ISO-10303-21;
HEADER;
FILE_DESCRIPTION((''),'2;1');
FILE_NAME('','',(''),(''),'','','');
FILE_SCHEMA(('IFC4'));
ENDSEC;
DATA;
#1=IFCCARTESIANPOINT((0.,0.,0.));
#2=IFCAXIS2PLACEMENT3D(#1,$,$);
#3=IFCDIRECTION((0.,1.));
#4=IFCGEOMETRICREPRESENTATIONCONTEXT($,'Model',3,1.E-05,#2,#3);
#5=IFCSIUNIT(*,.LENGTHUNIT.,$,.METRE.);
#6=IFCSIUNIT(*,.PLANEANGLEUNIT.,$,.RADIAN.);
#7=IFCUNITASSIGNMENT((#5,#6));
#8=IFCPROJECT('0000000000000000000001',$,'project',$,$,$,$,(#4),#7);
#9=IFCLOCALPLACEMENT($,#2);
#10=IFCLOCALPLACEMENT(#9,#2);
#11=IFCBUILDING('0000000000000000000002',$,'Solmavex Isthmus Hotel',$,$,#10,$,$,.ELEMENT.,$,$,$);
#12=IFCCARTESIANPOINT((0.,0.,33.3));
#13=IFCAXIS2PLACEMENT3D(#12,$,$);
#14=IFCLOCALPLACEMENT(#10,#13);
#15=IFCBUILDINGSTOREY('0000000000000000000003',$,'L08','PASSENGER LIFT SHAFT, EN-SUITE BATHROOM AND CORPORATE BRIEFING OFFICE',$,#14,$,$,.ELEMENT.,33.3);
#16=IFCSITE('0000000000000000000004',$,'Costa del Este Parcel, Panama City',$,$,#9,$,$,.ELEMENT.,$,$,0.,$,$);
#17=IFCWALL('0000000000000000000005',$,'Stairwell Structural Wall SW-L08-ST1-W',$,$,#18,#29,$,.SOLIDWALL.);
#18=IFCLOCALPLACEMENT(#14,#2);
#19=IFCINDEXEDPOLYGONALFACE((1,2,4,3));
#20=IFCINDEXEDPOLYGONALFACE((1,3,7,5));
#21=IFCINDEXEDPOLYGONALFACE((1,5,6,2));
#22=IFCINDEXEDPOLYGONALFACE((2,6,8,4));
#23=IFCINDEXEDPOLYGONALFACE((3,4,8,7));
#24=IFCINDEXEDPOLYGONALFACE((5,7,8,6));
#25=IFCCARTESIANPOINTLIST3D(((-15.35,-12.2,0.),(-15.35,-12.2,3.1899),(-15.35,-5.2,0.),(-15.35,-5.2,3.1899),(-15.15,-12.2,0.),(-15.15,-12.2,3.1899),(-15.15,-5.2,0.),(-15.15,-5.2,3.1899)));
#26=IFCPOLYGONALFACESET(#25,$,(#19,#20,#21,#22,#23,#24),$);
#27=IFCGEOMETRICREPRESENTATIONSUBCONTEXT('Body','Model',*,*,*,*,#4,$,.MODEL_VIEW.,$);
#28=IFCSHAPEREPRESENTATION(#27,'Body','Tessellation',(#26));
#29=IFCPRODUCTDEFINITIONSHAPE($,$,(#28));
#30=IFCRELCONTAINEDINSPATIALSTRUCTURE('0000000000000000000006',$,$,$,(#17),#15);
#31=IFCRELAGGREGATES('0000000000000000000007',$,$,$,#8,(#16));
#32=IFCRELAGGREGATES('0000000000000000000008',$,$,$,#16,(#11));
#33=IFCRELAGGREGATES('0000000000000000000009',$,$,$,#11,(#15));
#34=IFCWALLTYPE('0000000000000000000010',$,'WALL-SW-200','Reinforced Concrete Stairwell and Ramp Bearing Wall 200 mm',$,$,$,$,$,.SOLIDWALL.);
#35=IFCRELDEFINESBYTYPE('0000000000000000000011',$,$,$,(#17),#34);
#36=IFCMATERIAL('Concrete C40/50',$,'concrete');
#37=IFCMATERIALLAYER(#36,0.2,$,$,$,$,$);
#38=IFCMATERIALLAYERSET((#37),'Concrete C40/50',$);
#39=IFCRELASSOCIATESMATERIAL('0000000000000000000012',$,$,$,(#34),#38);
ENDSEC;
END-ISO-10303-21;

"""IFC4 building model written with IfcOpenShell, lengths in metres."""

from ifc_helpers import new_model, si_unit, direction, frame, frame_2d, origin, place, context, subcontext, project, spatial, rectangle, extrude, material, layer, layer_set, type_object, element, save


model = new_model("IFC4")

# Units and contexts
model_context = context("Model", 3, precision=1e-05, world=origin(), true_north=direction((0.0, 1.0)))
body_context = subcontext(model_context, "Body", "Model", "MODEL_VIEW")
ifc_project = project(units=[si_unit("LENGTHUNIT", "METRE"), si_unit("PLANEANGLEUNIT", "RADIAN")], contexts=[model_context])

# Site, building, storey
site_placement = place(None, origin())
site = spatial("IfcSite", under=ifc_project, at=site_placement, Name="Costa del Este Parcel, Panama City", CompositionType="ELEMENT", RefElevation=0.0)
building_placement = place(site_placement, origin())
building = spatial("IfcBuilding", under=site, at=building_placement, Name="Solmavex Isthmus Hotel", CompositionType="ELEMENT")
storey_placement = place(building_placement, frame((0.0, 0.0, 33.3)))
storey = spatial("IfcBuildingStorey", under=building, at=storey_placement, Name="L08", Description="PASSENGER LIFT SHAFT, EN-SUITE BATHROOM AND CORPORATE BRIEFING OFFICE", CompositionType="ELEMENT", Elevation=33.3)

# Wall
ifc_material_1 = material(Name="Concrete C40/50", Category="concrete")
ifc_layer_1 = layer(ifc_material_1, 0.2)
ifc_layer_set_1 = layer_set([ifc_layer_1], Name="Concrete C40/50")
wall_type_1 = type_object("IfcWallType", Name="WALL-SW-200", Description="Reinforced Concrete Stairwell and Ramp Bearing Wall 200 mm", PredefinedType="SOLIDWALL", material=ifc_layer_set_1)
wall_1_placement = place(storey_placement, frame((-15.25, -12.2, 0.0), z_axis=(0.0, 0.0, 1.0), x_axis=(0.0, 1.0, 0.0)))
element("IfcWall", 1, at=wall_1_placement, inside=storey, type_object=wall_type_1, Name="Stairwell Structural Wall SW-L08-ST1-W", PredefinedType="SOLIDWALL", context=body_context, shape_type="SweptSolid", body=[
    extrude(rectangle(XDim=7.0, YDim=0.2, at=frame_2d((3.5, 0.0))), origin(), (0.0, 0.0, 1.0), 3.1899),
])

save(model, "model.ifc")
